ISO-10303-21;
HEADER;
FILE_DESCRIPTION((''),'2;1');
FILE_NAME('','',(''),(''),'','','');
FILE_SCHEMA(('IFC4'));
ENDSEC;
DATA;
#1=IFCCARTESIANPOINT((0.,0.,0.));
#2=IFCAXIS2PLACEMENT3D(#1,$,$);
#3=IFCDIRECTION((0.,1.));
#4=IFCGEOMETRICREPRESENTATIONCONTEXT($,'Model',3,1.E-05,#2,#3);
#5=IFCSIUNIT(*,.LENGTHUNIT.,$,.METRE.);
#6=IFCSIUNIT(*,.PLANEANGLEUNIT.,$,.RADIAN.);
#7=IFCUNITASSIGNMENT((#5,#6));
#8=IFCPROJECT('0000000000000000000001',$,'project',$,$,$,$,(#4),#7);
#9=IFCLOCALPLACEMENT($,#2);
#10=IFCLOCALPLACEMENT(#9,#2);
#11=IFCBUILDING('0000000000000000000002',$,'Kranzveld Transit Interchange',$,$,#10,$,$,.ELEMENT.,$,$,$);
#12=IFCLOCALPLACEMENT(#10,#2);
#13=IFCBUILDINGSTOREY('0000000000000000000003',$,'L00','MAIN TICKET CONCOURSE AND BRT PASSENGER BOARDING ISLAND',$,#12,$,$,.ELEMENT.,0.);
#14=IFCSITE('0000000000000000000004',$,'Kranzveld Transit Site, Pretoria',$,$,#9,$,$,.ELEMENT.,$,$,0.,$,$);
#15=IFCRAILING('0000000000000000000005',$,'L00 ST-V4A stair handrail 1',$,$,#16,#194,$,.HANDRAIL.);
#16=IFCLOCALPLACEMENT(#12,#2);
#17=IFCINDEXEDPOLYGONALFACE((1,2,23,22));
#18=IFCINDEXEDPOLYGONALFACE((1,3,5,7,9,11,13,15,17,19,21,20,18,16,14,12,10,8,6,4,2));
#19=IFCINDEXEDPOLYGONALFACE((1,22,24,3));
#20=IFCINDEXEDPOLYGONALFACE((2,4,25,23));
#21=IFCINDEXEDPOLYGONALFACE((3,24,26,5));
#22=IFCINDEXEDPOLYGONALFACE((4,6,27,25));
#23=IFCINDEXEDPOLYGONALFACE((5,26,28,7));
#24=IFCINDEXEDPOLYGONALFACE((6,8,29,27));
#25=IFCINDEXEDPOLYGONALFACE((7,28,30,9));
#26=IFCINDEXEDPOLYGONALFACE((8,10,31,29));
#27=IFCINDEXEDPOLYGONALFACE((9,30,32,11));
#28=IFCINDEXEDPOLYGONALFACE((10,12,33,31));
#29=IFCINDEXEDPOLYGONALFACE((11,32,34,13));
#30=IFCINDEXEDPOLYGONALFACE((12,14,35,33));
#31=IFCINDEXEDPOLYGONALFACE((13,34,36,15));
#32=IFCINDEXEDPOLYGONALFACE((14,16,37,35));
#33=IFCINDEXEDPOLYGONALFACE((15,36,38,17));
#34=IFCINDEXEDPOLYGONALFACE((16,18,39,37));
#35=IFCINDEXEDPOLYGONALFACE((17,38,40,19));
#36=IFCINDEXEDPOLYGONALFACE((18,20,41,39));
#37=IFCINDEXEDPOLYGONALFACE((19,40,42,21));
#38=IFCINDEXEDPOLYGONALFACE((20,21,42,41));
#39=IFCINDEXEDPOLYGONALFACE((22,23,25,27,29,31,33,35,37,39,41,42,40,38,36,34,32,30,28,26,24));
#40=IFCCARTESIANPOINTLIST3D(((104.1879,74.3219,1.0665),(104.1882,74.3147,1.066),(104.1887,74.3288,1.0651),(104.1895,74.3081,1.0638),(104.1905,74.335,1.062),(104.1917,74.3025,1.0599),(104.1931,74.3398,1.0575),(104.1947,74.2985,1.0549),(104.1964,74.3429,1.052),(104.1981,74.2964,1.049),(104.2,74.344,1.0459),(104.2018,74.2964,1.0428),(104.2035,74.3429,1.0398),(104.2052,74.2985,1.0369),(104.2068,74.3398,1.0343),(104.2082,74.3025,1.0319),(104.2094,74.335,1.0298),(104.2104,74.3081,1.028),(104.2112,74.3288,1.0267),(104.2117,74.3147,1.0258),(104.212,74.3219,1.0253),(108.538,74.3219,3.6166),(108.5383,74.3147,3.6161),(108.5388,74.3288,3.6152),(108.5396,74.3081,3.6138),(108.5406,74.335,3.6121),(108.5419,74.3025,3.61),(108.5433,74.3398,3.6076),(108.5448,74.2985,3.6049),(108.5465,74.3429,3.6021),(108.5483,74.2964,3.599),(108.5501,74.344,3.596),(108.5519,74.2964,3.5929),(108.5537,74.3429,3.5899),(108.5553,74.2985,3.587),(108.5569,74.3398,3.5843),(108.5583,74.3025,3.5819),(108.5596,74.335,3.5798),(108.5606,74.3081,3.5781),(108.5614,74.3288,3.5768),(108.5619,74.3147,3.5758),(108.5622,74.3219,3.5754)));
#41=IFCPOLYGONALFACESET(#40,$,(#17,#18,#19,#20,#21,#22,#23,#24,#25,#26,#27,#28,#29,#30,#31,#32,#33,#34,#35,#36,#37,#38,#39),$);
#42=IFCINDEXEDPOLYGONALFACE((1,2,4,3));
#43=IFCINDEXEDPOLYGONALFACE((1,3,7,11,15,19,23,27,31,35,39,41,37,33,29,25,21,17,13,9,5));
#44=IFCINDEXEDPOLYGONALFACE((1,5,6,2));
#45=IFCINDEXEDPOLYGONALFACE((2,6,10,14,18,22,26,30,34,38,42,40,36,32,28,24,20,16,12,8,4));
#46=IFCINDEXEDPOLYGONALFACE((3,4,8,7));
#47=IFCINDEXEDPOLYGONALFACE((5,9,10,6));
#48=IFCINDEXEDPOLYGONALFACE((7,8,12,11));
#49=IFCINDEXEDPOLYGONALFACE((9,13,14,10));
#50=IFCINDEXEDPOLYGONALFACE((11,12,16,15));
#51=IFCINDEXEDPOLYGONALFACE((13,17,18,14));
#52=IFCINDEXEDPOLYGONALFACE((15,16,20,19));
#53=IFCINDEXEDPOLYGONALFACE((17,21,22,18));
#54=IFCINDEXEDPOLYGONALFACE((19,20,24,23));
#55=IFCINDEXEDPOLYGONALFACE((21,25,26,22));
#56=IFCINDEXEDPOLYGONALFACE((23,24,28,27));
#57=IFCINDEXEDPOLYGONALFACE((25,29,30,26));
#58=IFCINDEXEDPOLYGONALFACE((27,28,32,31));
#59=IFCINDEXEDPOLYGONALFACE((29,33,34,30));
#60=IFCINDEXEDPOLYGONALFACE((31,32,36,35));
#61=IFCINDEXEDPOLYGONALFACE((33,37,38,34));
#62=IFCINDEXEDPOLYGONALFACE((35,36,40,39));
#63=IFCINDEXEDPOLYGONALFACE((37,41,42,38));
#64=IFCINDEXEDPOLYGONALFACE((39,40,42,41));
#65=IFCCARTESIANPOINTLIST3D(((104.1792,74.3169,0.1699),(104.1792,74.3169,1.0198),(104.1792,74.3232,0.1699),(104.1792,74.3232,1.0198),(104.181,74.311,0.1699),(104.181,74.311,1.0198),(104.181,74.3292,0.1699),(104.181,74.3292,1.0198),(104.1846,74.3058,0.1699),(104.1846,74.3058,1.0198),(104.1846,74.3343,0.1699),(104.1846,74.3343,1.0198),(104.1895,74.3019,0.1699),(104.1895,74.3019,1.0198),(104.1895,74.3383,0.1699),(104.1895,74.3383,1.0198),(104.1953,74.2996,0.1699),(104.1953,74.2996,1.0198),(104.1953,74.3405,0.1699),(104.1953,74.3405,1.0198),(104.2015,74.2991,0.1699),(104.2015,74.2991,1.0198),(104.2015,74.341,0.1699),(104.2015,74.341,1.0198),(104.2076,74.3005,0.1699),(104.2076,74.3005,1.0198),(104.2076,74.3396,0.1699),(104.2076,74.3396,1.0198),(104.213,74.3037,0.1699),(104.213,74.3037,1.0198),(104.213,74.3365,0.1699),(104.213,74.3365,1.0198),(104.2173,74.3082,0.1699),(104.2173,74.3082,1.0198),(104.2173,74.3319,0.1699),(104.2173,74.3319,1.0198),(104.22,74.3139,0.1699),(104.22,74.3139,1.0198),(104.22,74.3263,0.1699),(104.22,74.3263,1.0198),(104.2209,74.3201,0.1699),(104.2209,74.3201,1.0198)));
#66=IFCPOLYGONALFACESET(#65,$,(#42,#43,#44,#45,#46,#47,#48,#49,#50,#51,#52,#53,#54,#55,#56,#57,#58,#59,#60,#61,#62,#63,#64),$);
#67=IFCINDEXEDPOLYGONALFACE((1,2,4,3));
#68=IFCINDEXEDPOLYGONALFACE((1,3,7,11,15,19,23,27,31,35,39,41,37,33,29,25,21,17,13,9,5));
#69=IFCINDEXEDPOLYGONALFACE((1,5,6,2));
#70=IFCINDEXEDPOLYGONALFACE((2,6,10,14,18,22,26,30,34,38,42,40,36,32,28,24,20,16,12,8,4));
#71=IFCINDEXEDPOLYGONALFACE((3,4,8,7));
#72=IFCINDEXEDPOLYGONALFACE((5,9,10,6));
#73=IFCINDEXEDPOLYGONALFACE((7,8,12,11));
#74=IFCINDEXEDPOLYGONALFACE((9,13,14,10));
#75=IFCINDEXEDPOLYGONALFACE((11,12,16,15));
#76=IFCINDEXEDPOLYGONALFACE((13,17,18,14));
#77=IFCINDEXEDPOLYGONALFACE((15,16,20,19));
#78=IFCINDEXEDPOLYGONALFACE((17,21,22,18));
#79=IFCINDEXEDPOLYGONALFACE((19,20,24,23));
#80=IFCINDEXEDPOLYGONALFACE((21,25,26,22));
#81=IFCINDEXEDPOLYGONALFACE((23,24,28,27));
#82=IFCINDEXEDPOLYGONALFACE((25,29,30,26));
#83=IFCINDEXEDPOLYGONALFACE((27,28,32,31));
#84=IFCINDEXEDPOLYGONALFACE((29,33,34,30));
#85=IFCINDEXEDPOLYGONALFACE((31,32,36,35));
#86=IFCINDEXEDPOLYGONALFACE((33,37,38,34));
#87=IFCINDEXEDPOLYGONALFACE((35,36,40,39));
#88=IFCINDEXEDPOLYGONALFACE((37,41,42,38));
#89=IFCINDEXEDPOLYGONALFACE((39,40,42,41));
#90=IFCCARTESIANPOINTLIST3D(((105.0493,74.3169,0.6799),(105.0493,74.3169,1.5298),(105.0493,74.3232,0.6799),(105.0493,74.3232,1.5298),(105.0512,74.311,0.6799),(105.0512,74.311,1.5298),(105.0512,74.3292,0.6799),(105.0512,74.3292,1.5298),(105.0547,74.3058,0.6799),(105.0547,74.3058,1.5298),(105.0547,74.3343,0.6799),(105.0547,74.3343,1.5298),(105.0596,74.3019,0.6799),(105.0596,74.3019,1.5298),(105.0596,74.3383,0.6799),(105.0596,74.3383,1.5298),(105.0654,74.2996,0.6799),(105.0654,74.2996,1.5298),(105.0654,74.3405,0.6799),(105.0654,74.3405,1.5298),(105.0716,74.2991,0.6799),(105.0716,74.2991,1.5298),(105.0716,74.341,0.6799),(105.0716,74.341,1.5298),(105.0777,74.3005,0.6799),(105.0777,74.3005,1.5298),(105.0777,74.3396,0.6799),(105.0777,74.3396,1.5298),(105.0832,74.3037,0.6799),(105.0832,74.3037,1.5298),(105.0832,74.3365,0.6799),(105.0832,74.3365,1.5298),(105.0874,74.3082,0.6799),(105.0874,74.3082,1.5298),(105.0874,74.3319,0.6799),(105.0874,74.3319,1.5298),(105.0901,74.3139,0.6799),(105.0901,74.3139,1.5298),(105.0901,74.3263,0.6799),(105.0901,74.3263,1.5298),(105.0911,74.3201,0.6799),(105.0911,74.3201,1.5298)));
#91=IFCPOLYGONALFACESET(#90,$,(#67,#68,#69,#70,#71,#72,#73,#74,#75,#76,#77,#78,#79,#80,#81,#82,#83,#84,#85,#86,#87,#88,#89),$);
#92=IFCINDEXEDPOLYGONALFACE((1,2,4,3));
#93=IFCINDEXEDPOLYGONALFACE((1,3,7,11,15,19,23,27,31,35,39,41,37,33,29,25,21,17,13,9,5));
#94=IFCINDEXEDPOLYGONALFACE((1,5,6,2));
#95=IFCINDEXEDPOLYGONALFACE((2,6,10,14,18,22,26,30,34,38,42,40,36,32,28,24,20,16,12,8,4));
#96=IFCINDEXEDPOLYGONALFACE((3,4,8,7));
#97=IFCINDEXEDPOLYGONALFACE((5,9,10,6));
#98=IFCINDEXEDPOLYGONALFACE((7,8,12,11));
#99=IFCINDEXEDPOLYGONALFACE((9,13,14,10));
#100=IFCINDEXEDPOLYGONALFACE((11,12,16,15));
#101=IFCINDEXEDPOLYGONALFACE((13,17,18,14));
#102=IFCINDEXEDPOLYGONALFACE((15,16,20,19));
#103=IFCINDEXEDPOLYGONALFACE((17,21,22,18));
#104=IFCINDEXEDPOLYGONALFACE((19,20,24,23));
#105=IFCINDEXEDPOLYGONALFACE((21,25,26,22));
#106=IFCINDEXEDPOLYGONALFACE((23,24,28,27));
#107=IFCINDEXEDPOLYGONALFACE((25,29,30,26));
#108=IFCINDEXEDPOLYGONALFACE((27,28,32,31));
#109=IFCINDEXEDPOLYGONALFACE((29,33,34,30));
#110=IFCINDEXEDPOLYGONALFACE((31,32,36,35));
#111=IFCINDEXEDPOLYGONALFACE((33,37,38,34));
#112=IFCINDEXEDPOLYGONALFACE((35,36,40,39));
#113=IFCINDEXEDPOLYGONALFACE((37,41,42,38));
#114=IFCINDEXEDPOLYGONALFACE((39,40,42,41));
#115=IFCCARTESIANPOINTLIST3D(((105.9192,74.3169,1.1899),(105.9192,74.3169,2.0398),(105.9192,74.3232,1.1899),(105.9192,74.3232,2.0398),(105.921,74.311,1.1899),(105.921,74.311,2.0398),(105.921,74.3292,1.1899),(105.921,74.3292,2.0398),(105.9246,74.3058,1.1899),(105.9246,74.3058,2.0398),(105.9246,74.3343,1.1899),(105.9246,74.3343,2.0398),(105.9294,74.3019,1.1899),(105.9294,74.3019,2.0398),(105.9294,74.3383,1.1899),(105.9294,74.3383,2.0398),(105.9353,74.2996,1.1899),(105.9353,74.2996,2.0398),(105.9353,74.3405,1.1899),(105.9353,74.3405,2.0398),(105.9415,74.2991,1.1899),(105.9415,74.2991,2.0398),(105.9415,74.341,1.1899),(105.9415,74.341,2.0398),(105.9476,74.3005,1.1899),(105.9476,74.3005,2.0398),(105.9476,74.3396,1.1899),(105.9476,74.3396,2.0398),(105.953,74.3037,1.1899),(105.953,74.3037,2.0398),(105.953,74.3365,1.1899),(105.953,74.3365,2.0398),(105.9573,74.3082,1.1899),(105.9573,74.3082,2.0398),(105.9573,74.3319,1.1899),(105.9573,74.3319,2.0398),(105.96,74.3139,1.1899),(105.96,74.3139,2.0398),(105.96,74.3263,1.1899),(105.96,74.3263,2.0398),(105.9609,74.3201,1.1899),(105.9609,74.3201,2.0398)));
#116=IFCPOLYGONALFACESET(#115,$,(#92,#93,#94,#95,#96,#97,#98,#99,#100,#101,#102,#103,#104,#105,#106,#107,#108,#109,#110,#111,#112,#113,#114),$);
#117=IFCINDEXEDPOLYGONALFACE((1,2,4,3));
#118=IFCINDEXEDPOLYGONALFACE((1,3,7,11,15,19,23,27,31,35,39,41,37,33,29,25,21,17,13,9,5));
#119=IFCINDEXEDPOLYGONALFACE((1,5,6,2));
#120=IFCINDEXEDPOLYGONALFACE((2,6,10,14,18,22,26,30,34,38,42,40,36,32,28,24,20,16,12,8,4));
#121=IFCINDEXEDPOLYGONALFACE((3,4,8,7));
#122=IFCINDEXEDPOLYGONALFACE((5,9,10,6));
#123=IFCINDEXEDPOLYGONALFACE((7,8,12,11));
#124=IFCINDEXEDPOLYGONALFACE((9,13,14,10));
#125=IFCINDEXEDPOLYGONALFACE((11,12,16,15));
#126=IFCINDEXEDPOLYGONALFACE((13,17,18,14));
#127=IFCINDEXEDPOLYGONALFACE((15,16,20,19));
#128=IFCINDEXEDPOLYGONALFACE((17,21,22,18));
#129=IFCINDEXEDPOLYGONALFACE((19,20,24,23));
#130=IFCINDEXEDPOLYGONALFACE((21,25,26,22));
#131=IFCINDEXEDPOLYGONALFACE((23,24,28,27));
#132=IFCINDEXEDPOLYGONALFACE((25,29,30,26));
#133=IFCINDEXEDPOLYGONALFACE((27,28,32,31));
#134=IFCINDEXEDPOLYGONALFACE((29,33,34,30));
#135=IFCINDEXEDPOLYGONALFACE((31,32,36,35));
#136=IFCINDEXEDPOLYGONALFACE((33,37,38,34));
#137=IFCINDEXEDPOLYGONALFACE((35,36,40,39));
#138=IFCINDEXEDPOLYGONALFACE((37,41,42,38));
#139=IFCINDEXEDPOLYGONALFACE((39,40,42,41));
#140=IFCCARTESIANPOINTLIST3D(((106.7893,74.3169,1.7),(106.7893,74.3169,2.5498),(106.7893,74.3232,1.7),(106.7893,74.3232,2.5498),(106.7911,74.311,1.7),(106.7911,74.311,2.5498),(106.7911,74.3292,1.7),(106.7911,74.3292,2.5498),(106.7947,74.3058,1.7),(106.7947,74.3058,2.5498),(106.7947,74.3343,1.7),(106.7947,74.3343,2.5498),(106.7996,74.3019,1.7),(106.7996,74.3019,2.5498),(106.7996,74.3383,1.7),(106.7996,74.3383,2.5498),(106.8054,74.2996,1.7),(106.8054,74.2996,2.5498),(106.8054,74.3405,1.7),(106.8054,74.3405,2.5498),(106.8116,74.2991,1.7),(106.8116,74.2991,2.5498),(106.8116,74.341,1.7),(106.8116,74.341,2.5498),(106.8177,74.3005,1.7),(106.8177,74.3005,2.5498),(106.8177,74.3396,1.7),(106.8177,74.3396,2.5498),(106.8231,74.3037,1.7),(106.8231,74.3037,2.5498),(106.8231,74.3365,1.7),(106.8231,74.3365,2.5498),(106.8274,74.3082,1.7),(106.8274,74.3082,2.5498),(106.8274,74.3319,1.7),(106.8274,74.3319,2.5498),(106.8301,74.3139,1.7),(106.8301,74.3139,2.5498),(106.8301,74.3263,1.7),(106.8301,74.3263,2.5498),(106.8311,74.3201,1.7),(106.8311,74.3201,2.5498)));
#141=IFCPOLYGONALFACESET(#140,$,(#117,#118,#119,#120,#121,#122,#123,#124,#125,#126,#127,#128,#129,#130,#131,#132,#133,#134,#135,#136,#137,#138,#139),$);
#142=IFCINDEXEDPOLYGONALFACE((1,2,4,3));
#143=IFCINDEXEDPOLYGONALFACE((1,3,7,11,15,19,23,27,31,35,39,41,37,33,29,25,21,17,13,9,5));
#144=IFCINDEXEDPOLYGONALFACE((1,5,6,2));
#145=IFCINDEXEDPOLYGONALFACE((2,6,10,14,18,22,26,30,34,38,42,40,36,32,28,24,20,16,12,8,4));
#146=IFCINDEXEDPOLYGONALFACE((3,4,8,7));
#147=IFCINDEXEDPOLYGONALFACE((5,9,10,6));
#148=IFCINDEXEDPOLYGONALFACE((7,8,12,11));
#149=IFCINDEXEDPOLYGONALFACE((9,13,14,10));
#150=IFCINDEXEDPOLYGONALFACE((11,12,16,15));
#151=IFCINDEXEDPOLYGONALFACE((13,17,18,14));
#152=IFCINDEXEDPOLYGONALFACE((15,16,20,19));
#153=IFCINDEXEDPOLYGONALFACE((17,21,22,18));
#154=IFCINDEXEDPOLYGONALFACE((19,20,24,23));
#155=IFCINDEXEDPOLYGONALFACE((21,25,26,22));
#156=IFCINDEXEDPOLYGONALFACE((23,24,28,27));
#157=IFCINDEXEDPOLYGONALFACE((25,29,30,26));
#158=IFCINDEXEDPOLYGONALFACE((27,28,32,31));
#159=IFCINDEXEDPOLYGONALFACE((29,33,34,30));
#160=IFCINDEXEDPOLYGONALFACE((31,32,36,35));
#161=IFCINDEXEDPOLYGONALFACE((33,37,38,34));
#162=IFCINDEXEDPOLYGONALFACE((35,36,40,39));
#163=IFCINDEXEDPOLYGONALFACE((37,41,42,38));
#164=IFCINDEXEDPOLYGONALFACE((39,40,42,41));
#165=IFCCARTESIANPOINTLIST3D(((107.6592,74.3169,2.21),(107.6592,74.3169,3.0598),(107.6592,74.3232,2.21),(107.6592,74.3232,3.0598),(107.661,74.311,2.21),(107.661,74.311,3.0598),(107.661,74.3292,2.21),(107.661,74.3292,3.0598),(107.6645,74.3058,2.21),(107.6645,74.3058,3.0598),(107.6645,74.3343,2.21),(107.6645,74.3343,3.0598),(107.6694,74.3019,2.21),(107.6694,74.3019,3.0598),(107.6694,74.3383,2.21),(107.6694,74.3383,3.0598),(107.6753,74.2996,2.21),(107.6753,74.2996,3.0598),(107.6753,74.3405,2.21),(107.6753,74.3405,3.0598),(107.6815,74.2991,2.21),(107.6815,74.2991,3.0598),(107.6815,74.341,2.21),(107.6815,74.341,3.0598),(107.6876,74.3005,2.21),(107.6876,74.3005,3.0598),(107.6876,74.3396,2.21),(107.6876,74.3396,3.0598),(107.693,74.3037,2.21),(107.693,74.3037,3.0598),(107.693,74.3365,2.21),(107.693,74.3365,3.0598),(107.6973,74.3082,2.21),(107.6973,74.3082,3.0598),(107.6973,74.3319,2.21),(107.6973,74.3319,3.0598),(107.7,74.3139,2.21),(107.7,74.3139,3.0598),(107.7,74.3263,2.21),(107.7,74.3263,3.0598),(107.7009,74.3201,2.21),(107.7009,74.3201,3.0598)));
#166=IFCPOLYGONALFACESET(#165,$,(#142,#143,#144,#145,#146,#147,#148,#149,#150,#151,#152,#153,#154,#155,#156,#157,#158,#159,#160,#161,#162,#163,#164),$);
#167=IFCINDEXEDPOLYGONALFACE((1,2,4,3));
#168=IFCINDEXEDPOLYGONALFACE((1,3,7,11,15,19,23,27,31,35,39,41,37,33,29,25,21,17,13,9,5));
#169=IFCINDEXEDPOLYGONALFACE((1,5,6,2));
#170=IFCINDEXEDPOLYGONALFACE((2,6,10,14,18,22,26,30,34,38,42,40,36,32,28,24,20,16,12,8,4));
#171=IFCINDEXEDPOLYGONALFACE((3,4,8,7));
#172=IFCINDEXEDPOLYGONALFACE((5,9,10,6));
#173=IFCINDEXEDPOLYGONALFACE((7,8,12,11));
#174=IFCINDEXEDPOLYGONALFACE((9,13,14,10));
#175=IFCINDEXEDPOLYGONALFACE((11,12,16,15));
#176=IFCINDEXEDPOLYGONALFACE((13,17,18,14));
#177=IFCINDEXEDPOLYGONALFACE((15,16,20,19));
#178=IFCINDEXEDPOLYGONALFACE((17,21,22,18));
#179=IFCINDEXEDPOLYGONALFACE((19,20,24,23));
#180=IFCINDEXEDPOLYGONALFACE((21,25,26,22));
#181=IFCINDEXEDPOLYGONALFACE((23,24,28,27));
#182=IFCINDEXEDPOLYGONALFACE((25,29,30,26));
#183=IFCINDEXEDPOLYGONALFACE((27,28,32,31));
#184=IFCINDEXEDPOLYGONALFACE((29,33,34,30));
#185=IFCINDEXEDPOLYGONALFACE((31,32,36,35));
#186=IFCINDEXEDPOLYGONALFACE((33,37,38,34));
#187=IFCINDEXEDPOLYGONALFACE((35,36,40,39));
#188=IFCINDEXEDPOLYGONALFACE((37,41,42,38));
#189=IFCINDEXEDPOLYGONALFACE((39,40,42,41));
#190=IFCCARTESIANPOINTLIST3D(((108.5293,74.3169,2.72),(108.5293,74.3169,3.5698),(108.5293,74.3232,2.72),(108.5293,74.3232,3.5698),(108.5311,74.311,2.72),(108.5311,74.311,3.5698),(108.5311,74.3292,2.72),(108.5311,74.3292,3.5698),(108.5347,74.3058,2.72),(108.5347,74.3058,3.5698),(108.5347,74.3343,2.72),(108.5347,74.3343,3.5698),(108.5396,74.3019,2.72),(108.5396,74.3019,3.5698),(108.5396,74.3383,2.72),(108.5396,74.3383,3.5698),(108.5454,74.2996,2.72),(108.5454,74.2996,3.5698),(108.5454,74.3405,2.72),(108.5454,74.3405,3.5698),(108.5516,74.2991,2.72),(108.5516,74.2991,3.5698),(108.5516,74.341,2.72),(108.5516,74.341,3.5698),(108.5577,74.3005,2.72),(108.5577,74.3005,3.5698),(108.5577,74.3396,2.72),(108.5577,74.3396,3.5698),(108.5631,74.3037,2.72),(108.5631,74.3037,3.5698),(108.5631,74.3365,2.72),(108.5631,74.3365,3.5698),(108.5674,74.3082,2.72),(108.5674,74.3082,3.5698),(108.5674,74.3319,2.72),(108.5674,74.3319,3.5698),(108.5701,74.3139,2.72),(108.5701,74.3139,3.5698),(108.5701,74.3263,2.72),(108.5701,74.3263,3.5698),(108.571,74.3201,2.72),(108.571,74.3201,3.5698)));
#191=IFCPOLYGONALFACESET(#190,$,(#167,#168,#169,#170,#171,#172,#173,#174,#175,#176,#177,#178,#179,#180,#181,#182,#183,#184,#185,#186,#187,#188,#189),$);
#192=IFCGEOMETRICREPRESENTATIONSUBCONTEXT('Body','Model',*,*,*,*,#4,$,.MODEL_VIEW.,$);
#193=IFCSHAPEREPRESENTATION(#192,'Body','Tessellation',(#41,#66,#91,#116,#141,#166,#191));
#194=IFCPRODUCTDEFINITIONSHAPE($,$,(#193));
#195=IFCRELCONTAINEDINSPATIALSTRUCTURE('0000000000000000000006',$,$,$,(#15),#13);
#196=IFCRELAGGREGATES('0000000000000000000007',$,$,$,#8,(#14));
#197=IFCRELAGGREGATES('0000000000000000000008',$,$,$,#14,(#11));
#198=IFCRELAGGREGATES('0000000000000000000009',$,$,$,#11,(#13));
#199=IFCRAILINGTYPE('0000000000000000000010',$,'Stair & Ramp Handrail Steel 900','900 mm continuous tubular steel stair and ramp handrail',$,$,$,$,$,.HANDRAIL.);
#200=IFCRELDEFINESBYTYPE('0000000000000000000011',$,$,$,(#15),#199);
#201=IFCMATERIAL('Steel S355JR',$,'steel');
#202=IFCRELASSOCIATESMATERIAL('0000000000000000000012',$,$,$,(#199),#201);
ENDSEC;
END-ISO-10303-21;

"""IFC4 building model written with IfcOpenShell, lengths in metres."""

from ifc_helpers import new_model, si_unit, direction, frame, origin, origin_2d, place, context, subcontext, project, spatial, circle, extrude, material, type_object, element, save


model = new_model("IFC4")

# Units and contexts
model_context = context("Model", 3, precision=1e-05, world=origin(), true_north=direction((0.0, 1.0)))
body_context = subcontext(model_context, "Body", "Model", "MODEL_VIEW")
ifc_project = project(units=[si_unit("LENGTHUNIT", "METRE"), si_unit("PLANEANGLEUNIT", "RADIAN")], contexts=[model_context])

# Site, building, storey
site_placement = place(None, origin())
site = spatial("IfcSite", under=ifc_project, at=site_placement, Name="Kranzveld Transit Site, Pretoria", CompositionType="ELEMENT", RefElevation=0.0)
building_placement = place(site_placement, origin())
building = spatial("IfcBuilding", under=site, at=building_placement, Name="Kranzveld Transit Interchange", CompositionType="ELEMENT")
storey_placement = place(building_placement, origin())
storey = spatial("IfcBuildingStorey", under=building, at=storey_placement, Name="L00", Description="MAIN TICKET CONCOURSE AND BRT PASSENGER BOARDING ISLAND", CompositionType="ELEMENT", Elevation=0.0)

# Railing
ifc_material_1 = material(Name="Steel S355JR", Category="steel")
railing_type_1 = type_object("IfcRailingType", Name="Stair & Ramp Handrail Steel 900", Description="900 mm continuous tubular steel stair and ramp handrail", PredefinedType="HANDRAIL", material=ifc_material_1)
railing_1_placement = place(storey_placement, frame((104.2, 74.3201, 0.1699)))
element("IfcRailing", 1, at=railing_1_placement, inside=storey, type_object=railing_type_1, Name="L00 ST-V4A stair handrail 1", PredefinedType="HANDRAIL", context=body_context, shape_type="SweptSolid", body=[
    extrude(circle(Radius=0.0239, at=origin_2d()), frame((0.0, 0.0, 0.876), z_axis=(0.862699, 0.0, 0.505718), x_axis=(0.0, 1.0, 0.0)), (0.0, 0.0, 1.0), 5.0425),
    extrude(circle(Radius=0.021, at=origin_2d()), origin(), (0.0, 0.0, 1.0), 0.8499),
    extrude(circle(Radius=0.021, at=origin_2d()), frame((0.8701, 0.0, 0.51)), (0.0, 0.0, 1.0), 0.8499),
    extrude(circle(Radius=0.021, at=origin_2d()), frame((1.74, 0.0, 1.02)), (0.0, 0.0, 1.0), 0.8499),
    extrude(circle(Radius=0.021, at=origin_2d()), frame((2.6101, 0.0, 1.53)), (0.0, 0.0, 1.0), 0.8499),
    extrude(circle(Radius=0.021, at=origin_2d()), frame((3.48, 0.0, 2.04)), (0.0, 0.0, 1.0), 0.8499),
    extrude(circle(Radius=0.021, at=origin_2d()), frame((4.3501, 0.0, 2.55)), (0.0, 0.0, 1.0), 0.8499),
])

save(model, "model.ifc")
